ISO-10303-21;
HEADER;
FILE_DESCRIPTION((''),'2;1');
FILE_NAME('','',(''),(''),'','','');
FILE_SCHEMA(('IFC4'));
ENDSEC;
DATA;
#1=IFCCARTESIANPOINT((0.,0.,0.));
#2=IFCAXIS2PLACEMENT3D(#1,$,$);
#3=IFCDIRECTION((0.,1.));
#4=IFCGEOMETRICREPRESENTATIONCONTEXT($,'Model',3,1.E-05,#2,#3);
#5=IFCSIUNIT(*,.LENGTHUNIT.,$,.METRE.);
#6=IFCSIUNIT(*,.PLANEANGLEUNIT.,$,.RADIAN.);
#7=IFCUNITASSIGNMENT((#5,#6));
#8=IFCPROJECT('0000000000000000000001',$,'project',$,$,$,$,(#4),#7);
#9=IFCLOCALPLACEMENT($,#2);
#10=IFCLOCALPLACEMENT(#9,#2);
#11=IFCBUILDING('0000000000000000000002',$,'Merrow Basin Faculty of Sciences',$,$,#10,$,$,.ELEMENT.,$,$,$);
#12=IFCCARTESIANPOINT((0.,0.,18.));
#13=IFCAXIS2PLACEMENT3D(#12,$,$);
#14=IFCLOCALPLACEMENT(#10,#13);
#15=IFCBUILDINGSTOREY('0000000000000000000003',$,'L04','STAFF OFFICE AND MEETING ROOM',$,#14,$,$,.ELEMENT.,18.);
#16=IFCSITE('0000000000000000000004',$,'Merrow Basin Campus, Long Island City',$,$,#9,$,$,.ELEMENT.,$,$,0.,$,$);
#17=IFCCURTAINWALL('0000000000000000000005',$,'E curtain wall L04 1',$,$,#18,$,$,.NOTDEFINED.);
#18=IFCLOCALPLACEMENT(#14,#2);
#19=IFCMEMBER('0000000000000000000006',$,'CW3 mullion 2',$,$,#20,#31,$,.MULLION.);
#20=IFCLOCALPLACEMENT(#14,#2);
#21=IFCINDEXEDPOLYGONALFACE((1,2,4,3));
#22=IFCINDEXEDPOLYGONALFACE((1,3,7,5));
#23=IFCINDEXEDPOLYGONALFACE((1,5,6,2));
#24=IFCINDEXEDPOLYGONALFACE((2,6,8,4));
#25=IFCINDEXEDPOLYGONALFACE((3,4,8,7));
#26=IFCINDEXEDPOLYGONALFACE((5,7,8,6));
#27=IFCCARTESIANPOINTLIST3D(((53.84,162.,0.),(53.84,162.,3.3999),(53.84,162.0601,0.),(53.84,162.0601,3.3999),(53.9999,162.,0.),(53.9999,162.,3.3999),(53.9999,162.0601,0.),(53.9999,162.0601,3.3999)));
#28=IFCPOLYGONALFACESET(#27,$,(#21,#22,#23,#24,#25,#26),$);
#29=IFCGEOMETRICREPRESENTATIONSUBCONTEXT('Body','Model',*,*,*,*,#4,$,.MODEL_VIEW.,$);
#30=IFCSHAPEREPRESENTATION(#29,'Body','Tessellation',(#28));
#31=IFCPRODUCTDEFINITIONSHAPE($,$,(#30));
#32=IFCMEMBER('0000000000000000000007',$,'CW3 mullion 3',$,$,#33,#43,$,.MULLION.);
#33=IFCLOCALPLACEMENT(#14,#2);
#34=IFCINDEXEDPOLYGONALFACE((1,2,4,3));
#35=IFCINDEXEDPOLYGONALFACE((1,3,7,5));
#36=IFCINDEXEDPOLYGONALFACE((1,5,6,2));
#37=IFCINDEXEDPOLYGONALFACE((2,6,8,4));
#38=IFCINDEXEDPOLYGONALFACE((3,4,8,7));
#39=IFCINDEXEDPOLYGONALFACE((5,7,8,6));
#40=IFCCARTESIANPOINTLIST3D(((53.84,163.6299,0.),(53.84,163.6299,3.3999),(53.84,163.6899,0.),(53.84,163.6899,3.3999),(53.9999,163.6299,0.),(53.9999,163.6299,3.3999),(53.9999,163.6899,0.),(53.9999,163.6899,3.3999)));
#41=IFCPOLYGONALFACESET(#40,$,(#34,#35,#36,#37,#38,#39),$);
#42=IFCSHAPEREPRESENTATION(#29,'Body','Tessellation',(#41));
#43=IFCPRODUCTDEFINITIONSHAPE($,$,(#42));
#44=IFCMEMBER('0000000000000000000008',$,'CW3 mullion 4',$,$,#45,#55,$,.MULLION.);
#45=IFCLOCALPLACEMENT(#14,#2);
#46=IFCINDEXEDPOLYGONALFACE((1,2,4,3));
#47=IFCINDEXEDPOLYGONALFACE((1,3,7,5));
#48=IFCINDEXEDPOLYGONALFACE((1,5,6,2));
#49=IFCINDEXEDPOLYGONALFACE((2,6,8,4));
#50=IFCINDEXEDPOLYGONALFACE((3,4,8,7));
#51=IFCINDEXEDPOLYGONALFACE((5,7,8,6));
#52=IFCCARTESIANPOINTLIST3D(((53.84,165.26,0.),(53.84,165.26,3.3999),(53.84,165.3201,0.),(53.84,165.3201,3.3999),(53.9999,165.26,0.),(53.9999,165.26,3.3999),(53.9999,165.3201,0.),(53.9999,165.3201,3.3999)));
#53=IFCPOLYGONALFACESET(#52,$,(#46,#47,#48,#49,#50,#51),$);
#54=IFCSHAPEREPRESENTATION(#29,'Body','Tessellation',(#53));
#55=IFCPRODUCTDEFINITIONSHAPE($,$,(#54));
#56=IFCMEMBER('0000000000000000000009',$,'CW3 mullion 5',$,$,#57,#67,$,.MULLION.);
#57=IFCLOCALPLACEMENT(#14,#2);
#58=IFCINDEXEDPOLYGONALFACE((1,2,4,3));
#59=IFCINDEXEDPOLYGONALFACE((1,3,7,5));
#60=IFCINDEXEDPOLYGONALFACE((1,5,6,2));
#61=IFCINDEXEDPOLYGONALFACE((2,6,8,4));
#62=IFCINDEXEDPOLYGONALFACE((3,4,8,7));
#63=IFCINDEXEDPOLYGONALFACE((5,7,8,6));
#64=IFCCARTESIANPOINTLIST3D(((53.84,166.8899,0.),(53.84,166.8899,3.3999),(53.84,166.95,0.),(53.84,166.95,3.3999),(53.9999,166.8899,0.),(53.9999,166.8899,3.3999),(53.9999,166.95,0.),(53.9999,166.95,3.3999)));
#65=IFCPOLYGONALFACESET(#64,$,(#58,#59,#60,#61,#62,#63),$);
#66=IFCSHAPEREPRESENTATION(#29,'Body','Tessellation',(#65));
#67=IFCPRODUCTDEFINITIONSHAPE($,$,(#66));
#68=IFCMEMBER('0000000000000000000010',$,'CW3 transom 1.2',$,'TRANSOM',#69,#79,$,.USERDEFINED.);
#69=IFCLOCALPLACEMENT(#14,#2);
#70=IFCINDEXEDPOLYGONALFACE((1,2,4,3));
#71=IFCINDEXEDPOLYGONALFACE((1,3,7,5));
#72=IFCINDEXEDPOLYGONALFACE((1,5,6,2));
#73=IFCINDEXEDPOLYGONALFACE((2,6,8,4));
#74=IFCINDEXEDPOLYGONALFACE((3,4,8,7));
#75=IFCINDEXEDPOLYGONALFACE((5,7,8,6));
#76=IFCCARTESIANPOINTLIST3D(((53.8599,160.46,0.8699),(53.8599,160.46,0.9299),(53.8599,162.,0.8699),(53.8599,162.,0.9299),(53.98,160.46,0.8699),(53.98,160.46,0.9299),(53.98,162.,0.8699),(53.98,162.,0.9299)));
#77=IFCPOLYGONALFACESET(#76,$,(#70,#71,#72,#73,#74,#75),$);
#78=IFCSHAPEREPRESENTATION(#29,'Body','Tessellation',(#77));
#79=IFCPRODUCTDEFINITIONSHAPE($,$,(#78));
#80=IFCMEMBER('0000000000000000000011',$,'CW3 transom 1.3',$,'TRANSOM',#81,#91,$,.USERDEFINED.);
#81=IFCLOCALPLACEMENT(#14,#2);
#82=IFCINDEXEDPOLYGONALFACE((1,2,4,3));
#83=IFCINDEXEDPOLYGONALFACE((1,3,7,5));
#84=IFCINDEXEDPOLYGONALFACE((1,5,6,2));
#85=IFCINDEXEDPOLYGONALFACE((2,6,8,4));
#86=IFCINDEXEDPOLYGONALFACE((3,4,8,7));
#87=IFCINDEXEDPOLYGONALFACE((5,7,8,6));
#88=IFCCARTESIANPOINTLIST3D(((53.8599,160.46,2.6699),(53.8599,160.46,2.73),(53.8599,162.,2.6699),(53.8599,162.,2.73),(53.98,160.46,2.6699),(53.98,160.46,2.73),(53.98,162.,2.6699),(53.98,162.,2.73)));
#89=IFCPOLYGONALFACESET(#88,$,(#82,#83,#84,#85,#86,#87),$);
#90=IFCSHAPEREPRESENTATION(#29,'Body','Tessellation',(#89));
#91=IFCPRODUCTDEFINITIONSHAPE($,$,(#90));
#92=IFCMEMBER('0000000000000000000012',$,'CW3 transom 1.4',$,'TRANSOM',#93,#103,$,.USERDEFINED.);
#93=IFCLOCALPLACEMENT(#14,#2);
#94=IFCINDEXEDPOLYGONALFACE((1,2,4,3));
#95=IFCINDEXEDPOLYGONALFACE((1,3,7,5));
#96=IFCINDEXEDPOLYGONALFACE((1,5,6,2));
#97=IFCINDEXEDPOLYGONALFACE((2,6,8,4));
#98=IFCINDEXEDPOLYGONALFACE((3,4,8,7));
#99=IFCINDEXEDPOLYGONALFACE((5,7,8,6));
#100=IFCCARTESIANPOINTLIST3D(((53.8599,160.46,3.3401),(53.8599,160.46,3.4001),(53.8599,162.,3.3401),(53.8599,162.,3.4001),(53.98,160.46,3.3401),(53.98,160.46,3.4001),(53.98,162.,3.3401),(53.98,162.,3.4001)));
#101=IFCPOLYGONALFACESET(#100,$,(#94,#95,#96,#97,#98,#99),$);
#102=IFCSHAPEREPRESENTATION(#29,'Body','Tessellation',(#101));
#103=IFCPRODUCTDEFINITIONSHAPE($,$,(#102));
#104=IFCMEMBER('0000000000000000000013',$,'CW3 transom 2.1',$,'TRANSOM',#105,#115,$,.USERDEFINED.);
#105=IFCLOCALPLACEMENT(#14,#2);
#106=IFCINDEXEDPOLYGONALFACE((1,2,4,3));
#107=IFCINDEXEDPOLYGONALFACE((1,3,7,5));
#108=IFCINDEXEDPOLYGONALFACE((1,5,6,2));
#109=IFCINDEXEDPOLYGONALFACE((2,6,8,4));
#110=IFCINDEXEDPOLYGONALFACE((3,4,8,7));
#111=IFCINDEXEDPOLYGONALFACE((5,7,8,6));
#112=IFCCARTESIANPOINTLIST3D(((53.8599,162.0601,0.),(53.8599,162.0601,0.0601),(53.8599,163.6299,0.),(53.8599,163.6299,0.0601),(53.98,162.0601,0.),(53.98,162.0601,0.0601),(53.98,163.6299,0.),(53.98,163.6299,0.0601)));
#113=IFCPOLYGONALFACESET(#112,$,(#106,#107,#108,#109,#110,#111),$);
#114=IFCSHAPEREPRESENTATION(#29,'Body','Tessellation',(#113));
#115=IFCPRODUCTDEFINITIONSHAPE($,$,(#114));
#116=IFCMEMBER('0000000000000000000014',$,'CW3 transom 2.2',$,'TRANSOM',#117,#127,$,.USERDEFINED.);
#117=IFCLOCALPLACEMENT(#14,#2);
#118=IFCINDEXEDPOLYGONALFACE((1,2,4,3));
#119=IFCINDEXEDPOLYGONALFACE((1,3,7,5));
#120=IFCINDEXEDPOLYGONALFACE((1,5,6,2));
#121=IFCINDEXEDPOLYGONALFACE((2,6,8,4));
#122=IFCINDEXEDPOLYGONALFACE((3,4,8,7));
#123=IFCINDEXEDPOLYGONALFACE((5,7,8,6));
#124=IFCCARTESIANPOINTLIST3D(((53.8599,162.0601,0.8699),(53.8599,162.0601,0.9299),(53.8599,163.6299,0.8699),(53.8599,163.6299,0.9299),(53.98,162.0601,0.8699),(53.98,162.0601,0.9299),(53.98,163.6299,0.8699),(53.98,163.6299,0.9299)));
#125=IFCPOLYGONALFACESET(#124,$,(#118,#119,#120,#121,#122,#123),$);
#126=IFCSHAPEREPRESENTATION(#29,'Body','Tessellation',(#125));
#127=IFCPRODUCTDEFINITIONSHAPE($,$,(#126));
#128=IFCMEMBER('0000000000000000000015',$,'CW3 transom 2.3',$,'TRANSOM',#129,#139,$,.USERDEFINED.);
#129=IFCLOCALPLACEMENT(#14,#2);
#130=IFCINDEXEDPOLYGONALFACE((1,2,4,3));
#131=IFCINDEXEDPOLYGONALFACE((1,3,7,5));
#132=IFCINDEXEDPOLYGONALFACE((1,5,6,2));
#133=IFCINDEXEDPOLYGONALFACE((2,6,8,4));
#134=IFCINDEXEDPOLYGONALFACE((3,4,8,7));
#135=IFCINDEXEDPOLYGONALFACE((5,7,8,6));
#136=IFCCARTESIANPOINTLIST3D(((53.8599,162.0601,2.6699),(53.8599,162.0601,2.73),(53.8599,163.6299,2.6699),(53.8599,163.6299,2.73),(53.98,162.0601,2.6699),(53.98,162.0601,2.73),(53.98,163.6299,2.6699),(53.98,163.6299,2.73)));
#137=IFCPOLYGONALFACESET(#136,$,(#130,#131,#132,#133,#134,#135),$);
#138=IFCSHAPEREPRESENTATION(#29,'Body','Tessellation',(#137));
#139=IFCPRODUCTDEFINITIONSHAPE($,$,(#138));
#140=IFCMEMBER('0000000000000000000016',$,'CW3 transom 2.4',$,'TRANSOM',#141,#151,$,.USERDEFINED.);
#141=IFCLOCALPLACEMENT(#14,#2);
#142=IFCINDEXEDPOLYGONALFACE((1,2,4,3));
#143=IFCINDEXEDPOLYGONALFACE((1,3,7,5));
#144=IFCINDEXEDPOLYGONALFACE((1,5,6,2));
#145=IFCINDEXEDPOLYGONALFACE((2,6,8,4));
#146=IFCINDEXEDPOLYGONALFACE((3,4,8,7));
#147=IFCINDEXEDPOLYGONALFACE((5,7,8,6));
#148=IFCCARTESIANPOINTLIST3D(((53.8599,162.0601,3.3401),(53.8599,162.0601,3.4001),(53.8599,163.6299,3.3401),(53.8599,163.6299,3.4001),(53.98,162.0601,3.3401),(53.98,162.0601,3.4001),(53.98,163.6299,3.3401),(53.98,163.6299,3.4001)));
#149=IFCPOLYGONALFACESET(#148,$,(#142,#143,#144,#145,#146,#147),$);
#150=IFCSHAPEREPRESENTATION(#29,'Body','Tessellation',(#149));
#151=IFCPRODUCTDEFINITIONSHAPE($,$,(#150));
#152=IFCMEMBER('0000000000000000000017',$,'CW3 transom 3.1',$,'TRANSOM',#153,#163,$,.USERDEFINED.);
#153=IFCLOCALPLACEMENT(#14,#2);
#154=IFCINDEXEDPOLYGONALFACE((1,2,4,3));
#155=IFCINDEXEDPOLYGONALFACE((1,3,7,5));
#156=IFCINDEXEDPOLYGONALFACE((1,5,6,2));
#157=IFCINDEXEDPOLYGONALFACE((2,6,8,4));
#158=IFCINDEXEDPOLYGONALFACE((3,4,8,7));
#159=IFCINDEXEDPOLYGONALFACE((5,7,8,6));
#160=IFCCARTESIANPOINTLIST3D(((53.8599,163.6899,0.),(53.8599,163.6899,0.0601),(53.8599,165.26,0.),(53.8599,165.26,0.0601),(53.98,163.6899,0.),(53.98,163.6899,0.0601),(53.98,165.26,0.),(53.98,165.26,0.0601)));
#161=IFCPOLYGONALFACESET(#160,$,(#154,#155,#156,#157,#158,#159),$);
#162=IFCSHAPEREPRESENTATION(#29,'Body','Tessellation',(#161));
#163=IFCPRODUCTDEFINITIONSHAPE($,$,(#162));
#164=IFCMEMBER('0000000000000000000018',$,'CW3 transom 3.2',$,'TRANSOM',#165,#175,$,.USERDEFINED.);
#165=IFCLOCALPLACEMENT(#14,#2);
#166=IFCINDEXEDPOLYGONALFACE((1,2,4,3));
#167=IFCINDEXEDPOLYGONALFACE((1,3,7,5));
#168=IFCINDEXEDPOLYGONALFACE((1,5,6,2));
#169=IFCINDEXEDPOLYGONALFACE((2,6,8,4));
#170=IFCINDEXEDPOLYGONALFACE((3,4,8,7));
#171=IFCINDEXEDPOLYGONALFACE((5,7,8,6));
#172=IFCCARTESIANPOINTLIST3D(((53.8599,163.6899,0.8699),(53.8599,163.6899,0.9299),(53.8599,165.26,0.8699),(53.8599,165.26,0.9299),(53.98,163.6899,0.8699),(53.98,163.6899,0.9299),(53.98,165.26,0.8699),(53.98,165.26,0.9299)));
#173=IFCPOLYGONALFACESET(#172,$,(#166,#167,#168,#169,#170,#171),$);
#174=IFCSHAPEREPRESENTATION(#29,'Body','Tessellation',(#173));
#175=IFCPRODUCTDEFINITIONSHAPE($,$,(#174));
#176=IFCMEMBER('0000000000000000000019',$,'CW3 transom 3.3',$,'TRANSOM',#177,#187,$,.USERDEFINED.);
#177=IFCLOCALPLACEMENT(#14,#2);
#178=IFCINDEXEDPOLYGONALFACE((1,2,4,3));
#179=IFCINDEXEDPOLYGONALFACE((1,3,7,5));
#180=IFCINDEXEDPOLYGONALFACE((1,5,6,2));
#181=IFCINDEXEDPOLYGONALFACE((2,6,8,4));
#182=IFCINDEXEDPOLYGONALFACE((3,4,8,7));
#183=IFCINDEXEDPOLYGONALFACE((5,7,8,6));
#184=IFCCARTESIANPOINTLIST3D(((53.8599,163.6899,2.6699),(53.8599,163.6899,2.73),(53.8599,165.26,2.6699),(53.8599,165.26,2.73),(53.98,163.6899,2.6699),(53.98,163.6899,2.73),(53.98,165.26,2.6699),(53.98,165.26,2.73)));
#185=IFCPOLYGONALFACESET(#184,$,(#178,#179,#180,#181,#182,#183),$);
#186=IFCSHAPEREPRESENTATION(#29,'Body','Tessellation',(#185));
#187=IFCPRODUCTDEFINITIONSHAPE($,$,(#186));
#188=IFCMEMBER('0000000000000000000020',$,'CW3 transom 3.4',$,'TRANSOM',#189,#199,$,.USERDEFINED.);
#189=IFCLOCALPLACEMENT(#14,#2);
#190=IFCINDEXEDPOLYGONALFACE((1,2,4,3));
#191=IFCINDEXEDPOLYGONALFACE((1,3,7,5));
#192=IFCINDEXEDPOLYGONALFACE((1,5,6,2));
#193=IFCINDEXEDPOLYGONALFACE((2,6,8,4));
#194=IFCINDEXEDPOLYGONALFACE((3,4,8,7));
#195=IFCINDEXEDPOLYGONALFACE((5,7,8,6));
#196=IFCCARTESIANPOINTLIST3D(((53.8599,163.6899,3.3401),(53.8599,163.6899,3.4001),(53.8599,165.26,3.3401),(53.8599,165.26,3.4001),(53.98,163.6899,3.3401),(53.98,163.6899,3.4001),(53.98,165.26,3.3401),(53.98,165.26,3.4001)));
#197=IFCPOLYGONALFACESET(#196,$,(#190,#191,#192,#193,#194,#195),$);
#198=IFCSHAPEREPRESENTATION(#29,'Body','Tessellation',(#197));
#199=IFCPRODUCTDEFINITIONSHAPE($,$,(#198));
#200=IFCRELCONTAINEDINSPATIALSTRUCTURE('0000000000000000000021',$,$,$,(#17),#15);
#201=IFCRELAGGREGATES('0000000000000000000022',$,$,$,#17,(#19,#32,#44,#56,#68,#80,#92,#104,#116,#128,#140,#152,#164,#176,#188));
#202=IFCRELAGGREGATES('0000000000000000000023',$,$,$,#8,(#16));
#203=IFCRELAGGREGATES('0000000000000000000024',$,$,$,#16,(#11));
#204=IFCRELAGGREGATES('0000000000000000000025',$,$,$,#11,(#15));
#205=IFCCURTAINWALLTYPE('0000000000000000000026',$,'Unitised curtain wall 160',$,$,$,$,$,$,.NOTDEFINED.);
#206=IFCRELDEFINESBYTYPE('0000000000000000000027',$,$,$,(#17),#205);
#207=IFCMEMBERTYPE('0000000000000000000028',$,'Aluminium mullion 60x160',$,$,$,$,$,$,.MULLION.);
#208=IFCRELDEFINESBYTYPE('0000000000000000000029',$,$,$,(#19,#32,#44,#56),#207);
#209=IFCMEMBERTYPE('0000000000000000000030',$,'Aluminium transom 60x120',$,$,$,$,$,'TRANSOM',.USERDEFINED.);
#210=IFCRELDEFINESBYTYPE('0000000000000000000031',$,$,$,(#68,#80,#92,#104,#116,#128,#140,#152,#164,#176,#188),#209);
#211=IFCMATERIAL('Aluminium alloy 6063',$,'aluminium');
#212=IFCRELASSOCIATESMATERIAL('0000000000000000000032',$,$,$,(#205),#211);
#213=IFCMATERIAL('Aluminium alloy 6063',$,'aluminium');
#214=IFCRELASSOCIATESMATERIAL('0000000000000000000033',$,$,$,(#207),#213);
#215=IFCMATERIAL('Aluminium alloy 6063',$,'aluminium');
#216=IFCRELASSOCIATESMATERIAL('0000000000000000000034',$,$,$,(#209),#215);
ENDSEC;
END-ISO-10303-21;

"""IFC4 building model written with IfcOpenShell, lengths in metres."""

from ifc_helpers import new_model, si_unit, direction, frame, origin, origin_2d, place, context, subcontext, project, spatial, rectangle, extrude, material, material_profile, profile_set, type_object, element, aggregate, save


model = new_model("IFC4")

# Units and contexts
model_context = context("Model", 3, precision=1e-05, world=origin(), true_north=direction((0.0, 1.0)))
body_context = subcontext(model_context, "Body", "Model", "MODEL_VIEW")
ifc_project = project(units=[si_unit("LENGTHUNIT", "METRE"), si_unit("PLANEANGLEUNIT", "RADIAN")], contexts=[model_context])

# Site, building, storey
site_placement = place(None, origin())
site = spatial("IfcSite", under=ifc_project, at=site_placement, Name="Merrow Basin Campus, Long Island City", CompositionType="ELEMENT", RefElevation=0.0)
building_placement = place(site_placement, origin())
building = spatial("IfcBuilding", under=site, at=building_placement, Name="Merrow Basin Faculty of Sciences", CompositionType="ELEMENT")
storey_placement = place(building_placement, frame((0.0, 0.0, 18.0)))
storey = spatial("IfcBuildingStorey", under=building, at=storey_placement, Name="L04", Description="STAFF OFFICE AND MEETING ROOM", CompositionType="ELEMENT", Elevation=18.0)

# Curtain wall, members
ifc_material_1 = material(Name="Aluminium alloy 6063", Category="aluminium")
curtain_wall_type = type_object("IfcCurtainWallType", Name="Unitised curtain wall 160", PredefinedType="NOTDEFINED", material=ifc_material_1)
curtain_wall_placement = place(storey_placement, origin())
curtain_wall = element("IfcCurtainWall", 1, at=curtain_wall_placement, inside=storey, type_object=curtain_wall_type, Name="E curtain wall L04 1", PredefinedType="NOTDEFINED")
ifc_material_2 = material(Name="Aluminium alloy 6063", Category="aluminium")
ifc_material_profile_1 = material_profile(ifc_material_2, rectangle(XDim=0.1599, YDim=0.0601, at=origin_2d()))
ifc_profile_set_1 = profile_set([ifc_material_profile_1], Name="Aluminium alloy 6063")
member_type_1 = type_object("IfcMemberType", Name="Aluminium mullion 60x160", PredefinedType="MULLION", material=ifc_profile_set_1)
member_1_placement = place(storey_placement, frame((53.9199, 162.03, 0.0), z_axis=(0.0, 0.0, 1.0), x_axis=(-1.0, 0.0, 0.0)))
member_1 = element("IfcMember", 2, at=member_1_placement, type_object=member_type_1, Name="CW3 mullion 2", PredefinedType="MULLION", context=body_context, shape_type="SweptSolid", body=[
    extrude(rectangle(XDim=0.1599, YDim=0.0601, at=origin_2d()), origin(), (0.0, 0.0, 1.0), 3.3999),
])
member_2_placement = place(storey_placement, frame((53.9199, 163.6599, 0.0), z_axis=(0.0, 0.0, 1.0), x_axis=(-1.0, 0.0, 0.0)))
member_2 = element("IfcMember", 3, at=member_2_placement, type_object=member_type_1, Name="CW3 mullion 3", PredefinedType="MULLION", context=body_context, shape_type="SweptSolid", body=[
    extrude(rectangle(XDim=0.1599, YDim=0.0601, at=origin_2d()), origin(), (0.0, 0.0, 1.0), 3.3999),
])
member_3_placement = place(storey_placement, frame((53.9199, 165.29, 0.0), z_axis=(0.0, 0.0, 1.0), x_axis=(-1.0, 0.0, 0.0)))
member_3 = element("IfcMember", 4, at=member_3_placement, type_object=member_type_1, Name="CW3 mullion 4", PredefinedType="MULLION", context=body_context, shape_type="SweptSolid", body=[
    extrude(rectangle(XDim=0.1599, YDim=0.0601, at=origin_2d()), origin(), (0.0, 0.0, 1.0), 3.3999),
])
member_4_placement = place(storey_placement, frame((53.9199, 166.9199, 0.0), z_axis=(0.0, 0.0, 1.0), x_axis=(-1.0, 0.0, 0.0)))
member_4 = element("IfcMember", 5, at=member_4_placement, type_object=member_type_1, Name="CW3 mullion 5", PredefinedType="MULLION", context=body_context, shape_type="SweptSolid", body=[
    extrude(rectangle(XDim=0.1599, YDim=0.0601, at=origin_2d()), origin(), (0.0, 0.0, 1.0), 3.3999),
])
ifc_material_3 = material(Name="Aluminium alloy 6063", Category="aluminium")
ifc_material_profile_2 = material_profile(ifc_material_3, rectangle(XDim=0.1201, YDim=0.0601, at=origin_2d()))
ifc_profile_set_2 = profile_set([ifc_material_profile_2], Name="Aluminium alloy 6063")
member_type_2 = type_object("IfcMemberType", Name="Aluminium transom 60x120", ElementType="TRANSOM", PredefinedType="USERDEFINED", material=ifc_profile_set_2)
member_5_placement = place(storey_placement, frame((53.9199, 160.46, 0.8999), z_axis=(0.0, 1.0, 0.0), x_axis=(-1.0, 0.0, 0.0)))
member_5 = element("IfcMember", 6, at=member_5_placement, type_object=member_type_2, Name="CW3 transom 1.2", ObjectType="TRANSOM", PredefinedType="USERDEFINED", context=body_context, shape_type="SweptSolid", body=[
    extrude(rectangle(XDim=0.1201, YDim=0.0601, at=origin_2d()), origin(), (0.0, 0.0, 1.0), 1.54),
])
member_6_placement = place(storey_placement, frame((53.9199, 160.46, 2.7), z_axis=(0.0, 1.0, 0.0), x_axis=(-1.0, 0.0, 0.0)))
member_6 = element("IfcMember", 7, at=member_6_placement, type_object=member_type_2, Name="CW3 transom 1.3", ObjectType="TRANSOM", PredefinedType="USERDEFINED", context=body_context, shape_type="SweptSolid", body=[
    extrude(rectangle(XDim=0.1201, YDim=0.0601, at=origin_2d()), origin(), (0.0, 0.0, 1.0), 1.54),
])
member_7_placement = place(storey_placement, frame((53.9199, 160.46, 3.3701), z_axis=(0.0, 1.0, 0.0), x_axis=(-1.0, 0.0, 0.0)))
member_7 = element("IfcMember", 8, at=member_7_placement, type_object=member_type_2, Name="CW3 transom 1.4", ObjectType="TRANSOM", PredefinedType="USERDEFINED", context=body_context, shape_type="SweptSolid", body=[
    extrude(rectangle(XDim=0.1201, YDim=0.0601, at=origin_2d()), origin(), (0.0, 0.0, 1.0), 1.54),
])
member_8_placement = place(storey_placement, frame((53.9199, 162.0601, 0.03), z_axis=(0.0, 1.0, 0.0), x_axis=(-1.0, 0.0, 0.0)))
member_8 = element("IfcMember", 9, at=member_8_placement, type_object=member_type_2, Name="CW3 transom 2.1", ObjectType="TRANSOM", PredefinedType="USERDEFINED", context=body_context, shape_type="SweptSolid", body=[
    extrude(rectangle(XDim=0.1201, YDim=0.0601, at=origin_2d()), origin(), (0.0, 0.0, 1.0), 1.5698),
])
member_9_placement = place(storey_placement, frame((53.9199, 162.0601, 0.8999), z_axis=(0.0, 1.0, 0.0), x_axis=(-1.0, 0.0, 0.0)))
member_9 = element("IfcMember", 10, at=member_9_placement, type_object=member_type_2, Name="CW3 transom 2.2", ObjectType="TRANSOM", PredefinedType="USERDEFINED", context=body_context, shape_type="SweptSolid", body=[
    extrude(rectangle(XDim=0.1201, YDim=0.0601, at=origin_2d()), origin(), (0.0, 0.0, 1.0), 1.5698),
])
member_10_placement = place(storey_placement, frame((53.9199, 162.0601, 2.7), z_axis=(0.0, 1.0, 0.0), x_axis=(-1.0, 0.0, 0.0)))
member_10 = element("IfcMember", 11, at=member_10_placement, type_object=member_type_2, Name="CW3 transom 2.3", ObjectType="TRANSOM", PredefinedType="USERDEFINED", context=body_context, shape_type="SweptSolid", body=[
    extrude(rectangle(XDim=0.1201, YDim=0.0601, at=origin_2d()), origin(), (0.0, 0.0, 1.0), 1.5698),
])
member_11_placement = place(storey_placement, frame((53.9199, 162.0601, 3.3701), z_axis=(0.0, 1.0, 0.0), x_axis=(-1.0, 0.0, 0.0)))
member_11 = element("IfcMember", 12, at=member_11_placement, type_object=member_type_2, Name="CW3 transom 2.4", ObjectType="TRANSOM", PredefinedType="USERDEFINED", context=body_context, shape_type="SweptSolid", body=[
    extrude(rectangle(XDim=0.1201, YDim=0.0601, at=origin_2d()), origin(), (0.0, 0.0, 1.0), 1.5698),
])
member_12_placement = place(storey_placement, frame((53.9199, 163.6899, 0.03), z_axis=(0.0, 1.0, 0.0), x_axis=(-1.0, 0.0, 0.0)))
member_12 = element("IfcMember", 13, at=member_12_placement, type_object=member_type_2, Name="CW3 transom 3.1", ObjectType="TRANSOM", PredefinedType="USERDEFINED", context=body_context, shape_type="SweptSolid", body=[
    extrude(rectangle(XDim=0.1201, YDim=0.0601, at=origin_2d()), origin(), (0.0, 0.0, 1.0), 1.5701),
])
member_13_placement = place(storey_placement, frame((53.9199, 163.6899, 0.8999), z_axis=(0.0, 1.0, 0.0), x_axis=(-1.0, 0.0, 0.0)))
member_13 = element("IfcMember", 14, at=member_13_placement, type_object=member_type_2, Name="CW3 transom 3.2", ObjectType="TRANSOM", PredefinedType="USERDEFINED", context=body_context, shape_type="SweptSolid", body=[
    extrude(rectangle(XDim=0.1201, YDim=0.0601, at=origin_2d()), origin(), (0.0, 0.0, 1.0), 1.5701),
])
member_14_placement = place(storey_placement, frame((53.9199, 163.6899, 2.7), z_axis=(0.0, 1.0, 0.0), x_axis=(-1.0, 0.0, 0.0)))
member_14 = element("IfcMember", 15, at=member_14_placement, type_object=member_type_2, Name="CW3 transom 3.3", ObjectType="TRANSOM", PredefinedType="USERDEFINED", context=body_context, shape_type="SweptSolid", body=[
    extrude(rectangle(XDim=0.1201, YDim=0.0601, at=origin_2d()), origin(), (0.0, 0.0, 1.0), 1.5701),
])
member_15_placement = place(storey_placement, frame((53.9199, 163.6899, 3.3701), z_axis=(0.0, 1.0, 0.0), x_axis=(-1.0, 0.0, 0.0)))
member_15 = element("IfcMember", 16, at=member_15_placement, type_object=member_type_2, Name="CW3 transom 3.4", ObjectType="TRANSOM", PredefinedType="USERDEFINED", context=body_context, shape_type="SweptSolid", body=[
    extrude(rectangle(XDim=0.1201, YDim=0.0601, at=origin_2d()), origin(), (0.0, 0.0, 1.0), 1.5701),
])
aggregate(curtain_wall, [member_1, member_2, member_3, member_4, member_5, member_6, member_7, member_8, member_9, member_10, member_11, member_12, member_13, member_14, member_15])

save(model, "model.ifc")
